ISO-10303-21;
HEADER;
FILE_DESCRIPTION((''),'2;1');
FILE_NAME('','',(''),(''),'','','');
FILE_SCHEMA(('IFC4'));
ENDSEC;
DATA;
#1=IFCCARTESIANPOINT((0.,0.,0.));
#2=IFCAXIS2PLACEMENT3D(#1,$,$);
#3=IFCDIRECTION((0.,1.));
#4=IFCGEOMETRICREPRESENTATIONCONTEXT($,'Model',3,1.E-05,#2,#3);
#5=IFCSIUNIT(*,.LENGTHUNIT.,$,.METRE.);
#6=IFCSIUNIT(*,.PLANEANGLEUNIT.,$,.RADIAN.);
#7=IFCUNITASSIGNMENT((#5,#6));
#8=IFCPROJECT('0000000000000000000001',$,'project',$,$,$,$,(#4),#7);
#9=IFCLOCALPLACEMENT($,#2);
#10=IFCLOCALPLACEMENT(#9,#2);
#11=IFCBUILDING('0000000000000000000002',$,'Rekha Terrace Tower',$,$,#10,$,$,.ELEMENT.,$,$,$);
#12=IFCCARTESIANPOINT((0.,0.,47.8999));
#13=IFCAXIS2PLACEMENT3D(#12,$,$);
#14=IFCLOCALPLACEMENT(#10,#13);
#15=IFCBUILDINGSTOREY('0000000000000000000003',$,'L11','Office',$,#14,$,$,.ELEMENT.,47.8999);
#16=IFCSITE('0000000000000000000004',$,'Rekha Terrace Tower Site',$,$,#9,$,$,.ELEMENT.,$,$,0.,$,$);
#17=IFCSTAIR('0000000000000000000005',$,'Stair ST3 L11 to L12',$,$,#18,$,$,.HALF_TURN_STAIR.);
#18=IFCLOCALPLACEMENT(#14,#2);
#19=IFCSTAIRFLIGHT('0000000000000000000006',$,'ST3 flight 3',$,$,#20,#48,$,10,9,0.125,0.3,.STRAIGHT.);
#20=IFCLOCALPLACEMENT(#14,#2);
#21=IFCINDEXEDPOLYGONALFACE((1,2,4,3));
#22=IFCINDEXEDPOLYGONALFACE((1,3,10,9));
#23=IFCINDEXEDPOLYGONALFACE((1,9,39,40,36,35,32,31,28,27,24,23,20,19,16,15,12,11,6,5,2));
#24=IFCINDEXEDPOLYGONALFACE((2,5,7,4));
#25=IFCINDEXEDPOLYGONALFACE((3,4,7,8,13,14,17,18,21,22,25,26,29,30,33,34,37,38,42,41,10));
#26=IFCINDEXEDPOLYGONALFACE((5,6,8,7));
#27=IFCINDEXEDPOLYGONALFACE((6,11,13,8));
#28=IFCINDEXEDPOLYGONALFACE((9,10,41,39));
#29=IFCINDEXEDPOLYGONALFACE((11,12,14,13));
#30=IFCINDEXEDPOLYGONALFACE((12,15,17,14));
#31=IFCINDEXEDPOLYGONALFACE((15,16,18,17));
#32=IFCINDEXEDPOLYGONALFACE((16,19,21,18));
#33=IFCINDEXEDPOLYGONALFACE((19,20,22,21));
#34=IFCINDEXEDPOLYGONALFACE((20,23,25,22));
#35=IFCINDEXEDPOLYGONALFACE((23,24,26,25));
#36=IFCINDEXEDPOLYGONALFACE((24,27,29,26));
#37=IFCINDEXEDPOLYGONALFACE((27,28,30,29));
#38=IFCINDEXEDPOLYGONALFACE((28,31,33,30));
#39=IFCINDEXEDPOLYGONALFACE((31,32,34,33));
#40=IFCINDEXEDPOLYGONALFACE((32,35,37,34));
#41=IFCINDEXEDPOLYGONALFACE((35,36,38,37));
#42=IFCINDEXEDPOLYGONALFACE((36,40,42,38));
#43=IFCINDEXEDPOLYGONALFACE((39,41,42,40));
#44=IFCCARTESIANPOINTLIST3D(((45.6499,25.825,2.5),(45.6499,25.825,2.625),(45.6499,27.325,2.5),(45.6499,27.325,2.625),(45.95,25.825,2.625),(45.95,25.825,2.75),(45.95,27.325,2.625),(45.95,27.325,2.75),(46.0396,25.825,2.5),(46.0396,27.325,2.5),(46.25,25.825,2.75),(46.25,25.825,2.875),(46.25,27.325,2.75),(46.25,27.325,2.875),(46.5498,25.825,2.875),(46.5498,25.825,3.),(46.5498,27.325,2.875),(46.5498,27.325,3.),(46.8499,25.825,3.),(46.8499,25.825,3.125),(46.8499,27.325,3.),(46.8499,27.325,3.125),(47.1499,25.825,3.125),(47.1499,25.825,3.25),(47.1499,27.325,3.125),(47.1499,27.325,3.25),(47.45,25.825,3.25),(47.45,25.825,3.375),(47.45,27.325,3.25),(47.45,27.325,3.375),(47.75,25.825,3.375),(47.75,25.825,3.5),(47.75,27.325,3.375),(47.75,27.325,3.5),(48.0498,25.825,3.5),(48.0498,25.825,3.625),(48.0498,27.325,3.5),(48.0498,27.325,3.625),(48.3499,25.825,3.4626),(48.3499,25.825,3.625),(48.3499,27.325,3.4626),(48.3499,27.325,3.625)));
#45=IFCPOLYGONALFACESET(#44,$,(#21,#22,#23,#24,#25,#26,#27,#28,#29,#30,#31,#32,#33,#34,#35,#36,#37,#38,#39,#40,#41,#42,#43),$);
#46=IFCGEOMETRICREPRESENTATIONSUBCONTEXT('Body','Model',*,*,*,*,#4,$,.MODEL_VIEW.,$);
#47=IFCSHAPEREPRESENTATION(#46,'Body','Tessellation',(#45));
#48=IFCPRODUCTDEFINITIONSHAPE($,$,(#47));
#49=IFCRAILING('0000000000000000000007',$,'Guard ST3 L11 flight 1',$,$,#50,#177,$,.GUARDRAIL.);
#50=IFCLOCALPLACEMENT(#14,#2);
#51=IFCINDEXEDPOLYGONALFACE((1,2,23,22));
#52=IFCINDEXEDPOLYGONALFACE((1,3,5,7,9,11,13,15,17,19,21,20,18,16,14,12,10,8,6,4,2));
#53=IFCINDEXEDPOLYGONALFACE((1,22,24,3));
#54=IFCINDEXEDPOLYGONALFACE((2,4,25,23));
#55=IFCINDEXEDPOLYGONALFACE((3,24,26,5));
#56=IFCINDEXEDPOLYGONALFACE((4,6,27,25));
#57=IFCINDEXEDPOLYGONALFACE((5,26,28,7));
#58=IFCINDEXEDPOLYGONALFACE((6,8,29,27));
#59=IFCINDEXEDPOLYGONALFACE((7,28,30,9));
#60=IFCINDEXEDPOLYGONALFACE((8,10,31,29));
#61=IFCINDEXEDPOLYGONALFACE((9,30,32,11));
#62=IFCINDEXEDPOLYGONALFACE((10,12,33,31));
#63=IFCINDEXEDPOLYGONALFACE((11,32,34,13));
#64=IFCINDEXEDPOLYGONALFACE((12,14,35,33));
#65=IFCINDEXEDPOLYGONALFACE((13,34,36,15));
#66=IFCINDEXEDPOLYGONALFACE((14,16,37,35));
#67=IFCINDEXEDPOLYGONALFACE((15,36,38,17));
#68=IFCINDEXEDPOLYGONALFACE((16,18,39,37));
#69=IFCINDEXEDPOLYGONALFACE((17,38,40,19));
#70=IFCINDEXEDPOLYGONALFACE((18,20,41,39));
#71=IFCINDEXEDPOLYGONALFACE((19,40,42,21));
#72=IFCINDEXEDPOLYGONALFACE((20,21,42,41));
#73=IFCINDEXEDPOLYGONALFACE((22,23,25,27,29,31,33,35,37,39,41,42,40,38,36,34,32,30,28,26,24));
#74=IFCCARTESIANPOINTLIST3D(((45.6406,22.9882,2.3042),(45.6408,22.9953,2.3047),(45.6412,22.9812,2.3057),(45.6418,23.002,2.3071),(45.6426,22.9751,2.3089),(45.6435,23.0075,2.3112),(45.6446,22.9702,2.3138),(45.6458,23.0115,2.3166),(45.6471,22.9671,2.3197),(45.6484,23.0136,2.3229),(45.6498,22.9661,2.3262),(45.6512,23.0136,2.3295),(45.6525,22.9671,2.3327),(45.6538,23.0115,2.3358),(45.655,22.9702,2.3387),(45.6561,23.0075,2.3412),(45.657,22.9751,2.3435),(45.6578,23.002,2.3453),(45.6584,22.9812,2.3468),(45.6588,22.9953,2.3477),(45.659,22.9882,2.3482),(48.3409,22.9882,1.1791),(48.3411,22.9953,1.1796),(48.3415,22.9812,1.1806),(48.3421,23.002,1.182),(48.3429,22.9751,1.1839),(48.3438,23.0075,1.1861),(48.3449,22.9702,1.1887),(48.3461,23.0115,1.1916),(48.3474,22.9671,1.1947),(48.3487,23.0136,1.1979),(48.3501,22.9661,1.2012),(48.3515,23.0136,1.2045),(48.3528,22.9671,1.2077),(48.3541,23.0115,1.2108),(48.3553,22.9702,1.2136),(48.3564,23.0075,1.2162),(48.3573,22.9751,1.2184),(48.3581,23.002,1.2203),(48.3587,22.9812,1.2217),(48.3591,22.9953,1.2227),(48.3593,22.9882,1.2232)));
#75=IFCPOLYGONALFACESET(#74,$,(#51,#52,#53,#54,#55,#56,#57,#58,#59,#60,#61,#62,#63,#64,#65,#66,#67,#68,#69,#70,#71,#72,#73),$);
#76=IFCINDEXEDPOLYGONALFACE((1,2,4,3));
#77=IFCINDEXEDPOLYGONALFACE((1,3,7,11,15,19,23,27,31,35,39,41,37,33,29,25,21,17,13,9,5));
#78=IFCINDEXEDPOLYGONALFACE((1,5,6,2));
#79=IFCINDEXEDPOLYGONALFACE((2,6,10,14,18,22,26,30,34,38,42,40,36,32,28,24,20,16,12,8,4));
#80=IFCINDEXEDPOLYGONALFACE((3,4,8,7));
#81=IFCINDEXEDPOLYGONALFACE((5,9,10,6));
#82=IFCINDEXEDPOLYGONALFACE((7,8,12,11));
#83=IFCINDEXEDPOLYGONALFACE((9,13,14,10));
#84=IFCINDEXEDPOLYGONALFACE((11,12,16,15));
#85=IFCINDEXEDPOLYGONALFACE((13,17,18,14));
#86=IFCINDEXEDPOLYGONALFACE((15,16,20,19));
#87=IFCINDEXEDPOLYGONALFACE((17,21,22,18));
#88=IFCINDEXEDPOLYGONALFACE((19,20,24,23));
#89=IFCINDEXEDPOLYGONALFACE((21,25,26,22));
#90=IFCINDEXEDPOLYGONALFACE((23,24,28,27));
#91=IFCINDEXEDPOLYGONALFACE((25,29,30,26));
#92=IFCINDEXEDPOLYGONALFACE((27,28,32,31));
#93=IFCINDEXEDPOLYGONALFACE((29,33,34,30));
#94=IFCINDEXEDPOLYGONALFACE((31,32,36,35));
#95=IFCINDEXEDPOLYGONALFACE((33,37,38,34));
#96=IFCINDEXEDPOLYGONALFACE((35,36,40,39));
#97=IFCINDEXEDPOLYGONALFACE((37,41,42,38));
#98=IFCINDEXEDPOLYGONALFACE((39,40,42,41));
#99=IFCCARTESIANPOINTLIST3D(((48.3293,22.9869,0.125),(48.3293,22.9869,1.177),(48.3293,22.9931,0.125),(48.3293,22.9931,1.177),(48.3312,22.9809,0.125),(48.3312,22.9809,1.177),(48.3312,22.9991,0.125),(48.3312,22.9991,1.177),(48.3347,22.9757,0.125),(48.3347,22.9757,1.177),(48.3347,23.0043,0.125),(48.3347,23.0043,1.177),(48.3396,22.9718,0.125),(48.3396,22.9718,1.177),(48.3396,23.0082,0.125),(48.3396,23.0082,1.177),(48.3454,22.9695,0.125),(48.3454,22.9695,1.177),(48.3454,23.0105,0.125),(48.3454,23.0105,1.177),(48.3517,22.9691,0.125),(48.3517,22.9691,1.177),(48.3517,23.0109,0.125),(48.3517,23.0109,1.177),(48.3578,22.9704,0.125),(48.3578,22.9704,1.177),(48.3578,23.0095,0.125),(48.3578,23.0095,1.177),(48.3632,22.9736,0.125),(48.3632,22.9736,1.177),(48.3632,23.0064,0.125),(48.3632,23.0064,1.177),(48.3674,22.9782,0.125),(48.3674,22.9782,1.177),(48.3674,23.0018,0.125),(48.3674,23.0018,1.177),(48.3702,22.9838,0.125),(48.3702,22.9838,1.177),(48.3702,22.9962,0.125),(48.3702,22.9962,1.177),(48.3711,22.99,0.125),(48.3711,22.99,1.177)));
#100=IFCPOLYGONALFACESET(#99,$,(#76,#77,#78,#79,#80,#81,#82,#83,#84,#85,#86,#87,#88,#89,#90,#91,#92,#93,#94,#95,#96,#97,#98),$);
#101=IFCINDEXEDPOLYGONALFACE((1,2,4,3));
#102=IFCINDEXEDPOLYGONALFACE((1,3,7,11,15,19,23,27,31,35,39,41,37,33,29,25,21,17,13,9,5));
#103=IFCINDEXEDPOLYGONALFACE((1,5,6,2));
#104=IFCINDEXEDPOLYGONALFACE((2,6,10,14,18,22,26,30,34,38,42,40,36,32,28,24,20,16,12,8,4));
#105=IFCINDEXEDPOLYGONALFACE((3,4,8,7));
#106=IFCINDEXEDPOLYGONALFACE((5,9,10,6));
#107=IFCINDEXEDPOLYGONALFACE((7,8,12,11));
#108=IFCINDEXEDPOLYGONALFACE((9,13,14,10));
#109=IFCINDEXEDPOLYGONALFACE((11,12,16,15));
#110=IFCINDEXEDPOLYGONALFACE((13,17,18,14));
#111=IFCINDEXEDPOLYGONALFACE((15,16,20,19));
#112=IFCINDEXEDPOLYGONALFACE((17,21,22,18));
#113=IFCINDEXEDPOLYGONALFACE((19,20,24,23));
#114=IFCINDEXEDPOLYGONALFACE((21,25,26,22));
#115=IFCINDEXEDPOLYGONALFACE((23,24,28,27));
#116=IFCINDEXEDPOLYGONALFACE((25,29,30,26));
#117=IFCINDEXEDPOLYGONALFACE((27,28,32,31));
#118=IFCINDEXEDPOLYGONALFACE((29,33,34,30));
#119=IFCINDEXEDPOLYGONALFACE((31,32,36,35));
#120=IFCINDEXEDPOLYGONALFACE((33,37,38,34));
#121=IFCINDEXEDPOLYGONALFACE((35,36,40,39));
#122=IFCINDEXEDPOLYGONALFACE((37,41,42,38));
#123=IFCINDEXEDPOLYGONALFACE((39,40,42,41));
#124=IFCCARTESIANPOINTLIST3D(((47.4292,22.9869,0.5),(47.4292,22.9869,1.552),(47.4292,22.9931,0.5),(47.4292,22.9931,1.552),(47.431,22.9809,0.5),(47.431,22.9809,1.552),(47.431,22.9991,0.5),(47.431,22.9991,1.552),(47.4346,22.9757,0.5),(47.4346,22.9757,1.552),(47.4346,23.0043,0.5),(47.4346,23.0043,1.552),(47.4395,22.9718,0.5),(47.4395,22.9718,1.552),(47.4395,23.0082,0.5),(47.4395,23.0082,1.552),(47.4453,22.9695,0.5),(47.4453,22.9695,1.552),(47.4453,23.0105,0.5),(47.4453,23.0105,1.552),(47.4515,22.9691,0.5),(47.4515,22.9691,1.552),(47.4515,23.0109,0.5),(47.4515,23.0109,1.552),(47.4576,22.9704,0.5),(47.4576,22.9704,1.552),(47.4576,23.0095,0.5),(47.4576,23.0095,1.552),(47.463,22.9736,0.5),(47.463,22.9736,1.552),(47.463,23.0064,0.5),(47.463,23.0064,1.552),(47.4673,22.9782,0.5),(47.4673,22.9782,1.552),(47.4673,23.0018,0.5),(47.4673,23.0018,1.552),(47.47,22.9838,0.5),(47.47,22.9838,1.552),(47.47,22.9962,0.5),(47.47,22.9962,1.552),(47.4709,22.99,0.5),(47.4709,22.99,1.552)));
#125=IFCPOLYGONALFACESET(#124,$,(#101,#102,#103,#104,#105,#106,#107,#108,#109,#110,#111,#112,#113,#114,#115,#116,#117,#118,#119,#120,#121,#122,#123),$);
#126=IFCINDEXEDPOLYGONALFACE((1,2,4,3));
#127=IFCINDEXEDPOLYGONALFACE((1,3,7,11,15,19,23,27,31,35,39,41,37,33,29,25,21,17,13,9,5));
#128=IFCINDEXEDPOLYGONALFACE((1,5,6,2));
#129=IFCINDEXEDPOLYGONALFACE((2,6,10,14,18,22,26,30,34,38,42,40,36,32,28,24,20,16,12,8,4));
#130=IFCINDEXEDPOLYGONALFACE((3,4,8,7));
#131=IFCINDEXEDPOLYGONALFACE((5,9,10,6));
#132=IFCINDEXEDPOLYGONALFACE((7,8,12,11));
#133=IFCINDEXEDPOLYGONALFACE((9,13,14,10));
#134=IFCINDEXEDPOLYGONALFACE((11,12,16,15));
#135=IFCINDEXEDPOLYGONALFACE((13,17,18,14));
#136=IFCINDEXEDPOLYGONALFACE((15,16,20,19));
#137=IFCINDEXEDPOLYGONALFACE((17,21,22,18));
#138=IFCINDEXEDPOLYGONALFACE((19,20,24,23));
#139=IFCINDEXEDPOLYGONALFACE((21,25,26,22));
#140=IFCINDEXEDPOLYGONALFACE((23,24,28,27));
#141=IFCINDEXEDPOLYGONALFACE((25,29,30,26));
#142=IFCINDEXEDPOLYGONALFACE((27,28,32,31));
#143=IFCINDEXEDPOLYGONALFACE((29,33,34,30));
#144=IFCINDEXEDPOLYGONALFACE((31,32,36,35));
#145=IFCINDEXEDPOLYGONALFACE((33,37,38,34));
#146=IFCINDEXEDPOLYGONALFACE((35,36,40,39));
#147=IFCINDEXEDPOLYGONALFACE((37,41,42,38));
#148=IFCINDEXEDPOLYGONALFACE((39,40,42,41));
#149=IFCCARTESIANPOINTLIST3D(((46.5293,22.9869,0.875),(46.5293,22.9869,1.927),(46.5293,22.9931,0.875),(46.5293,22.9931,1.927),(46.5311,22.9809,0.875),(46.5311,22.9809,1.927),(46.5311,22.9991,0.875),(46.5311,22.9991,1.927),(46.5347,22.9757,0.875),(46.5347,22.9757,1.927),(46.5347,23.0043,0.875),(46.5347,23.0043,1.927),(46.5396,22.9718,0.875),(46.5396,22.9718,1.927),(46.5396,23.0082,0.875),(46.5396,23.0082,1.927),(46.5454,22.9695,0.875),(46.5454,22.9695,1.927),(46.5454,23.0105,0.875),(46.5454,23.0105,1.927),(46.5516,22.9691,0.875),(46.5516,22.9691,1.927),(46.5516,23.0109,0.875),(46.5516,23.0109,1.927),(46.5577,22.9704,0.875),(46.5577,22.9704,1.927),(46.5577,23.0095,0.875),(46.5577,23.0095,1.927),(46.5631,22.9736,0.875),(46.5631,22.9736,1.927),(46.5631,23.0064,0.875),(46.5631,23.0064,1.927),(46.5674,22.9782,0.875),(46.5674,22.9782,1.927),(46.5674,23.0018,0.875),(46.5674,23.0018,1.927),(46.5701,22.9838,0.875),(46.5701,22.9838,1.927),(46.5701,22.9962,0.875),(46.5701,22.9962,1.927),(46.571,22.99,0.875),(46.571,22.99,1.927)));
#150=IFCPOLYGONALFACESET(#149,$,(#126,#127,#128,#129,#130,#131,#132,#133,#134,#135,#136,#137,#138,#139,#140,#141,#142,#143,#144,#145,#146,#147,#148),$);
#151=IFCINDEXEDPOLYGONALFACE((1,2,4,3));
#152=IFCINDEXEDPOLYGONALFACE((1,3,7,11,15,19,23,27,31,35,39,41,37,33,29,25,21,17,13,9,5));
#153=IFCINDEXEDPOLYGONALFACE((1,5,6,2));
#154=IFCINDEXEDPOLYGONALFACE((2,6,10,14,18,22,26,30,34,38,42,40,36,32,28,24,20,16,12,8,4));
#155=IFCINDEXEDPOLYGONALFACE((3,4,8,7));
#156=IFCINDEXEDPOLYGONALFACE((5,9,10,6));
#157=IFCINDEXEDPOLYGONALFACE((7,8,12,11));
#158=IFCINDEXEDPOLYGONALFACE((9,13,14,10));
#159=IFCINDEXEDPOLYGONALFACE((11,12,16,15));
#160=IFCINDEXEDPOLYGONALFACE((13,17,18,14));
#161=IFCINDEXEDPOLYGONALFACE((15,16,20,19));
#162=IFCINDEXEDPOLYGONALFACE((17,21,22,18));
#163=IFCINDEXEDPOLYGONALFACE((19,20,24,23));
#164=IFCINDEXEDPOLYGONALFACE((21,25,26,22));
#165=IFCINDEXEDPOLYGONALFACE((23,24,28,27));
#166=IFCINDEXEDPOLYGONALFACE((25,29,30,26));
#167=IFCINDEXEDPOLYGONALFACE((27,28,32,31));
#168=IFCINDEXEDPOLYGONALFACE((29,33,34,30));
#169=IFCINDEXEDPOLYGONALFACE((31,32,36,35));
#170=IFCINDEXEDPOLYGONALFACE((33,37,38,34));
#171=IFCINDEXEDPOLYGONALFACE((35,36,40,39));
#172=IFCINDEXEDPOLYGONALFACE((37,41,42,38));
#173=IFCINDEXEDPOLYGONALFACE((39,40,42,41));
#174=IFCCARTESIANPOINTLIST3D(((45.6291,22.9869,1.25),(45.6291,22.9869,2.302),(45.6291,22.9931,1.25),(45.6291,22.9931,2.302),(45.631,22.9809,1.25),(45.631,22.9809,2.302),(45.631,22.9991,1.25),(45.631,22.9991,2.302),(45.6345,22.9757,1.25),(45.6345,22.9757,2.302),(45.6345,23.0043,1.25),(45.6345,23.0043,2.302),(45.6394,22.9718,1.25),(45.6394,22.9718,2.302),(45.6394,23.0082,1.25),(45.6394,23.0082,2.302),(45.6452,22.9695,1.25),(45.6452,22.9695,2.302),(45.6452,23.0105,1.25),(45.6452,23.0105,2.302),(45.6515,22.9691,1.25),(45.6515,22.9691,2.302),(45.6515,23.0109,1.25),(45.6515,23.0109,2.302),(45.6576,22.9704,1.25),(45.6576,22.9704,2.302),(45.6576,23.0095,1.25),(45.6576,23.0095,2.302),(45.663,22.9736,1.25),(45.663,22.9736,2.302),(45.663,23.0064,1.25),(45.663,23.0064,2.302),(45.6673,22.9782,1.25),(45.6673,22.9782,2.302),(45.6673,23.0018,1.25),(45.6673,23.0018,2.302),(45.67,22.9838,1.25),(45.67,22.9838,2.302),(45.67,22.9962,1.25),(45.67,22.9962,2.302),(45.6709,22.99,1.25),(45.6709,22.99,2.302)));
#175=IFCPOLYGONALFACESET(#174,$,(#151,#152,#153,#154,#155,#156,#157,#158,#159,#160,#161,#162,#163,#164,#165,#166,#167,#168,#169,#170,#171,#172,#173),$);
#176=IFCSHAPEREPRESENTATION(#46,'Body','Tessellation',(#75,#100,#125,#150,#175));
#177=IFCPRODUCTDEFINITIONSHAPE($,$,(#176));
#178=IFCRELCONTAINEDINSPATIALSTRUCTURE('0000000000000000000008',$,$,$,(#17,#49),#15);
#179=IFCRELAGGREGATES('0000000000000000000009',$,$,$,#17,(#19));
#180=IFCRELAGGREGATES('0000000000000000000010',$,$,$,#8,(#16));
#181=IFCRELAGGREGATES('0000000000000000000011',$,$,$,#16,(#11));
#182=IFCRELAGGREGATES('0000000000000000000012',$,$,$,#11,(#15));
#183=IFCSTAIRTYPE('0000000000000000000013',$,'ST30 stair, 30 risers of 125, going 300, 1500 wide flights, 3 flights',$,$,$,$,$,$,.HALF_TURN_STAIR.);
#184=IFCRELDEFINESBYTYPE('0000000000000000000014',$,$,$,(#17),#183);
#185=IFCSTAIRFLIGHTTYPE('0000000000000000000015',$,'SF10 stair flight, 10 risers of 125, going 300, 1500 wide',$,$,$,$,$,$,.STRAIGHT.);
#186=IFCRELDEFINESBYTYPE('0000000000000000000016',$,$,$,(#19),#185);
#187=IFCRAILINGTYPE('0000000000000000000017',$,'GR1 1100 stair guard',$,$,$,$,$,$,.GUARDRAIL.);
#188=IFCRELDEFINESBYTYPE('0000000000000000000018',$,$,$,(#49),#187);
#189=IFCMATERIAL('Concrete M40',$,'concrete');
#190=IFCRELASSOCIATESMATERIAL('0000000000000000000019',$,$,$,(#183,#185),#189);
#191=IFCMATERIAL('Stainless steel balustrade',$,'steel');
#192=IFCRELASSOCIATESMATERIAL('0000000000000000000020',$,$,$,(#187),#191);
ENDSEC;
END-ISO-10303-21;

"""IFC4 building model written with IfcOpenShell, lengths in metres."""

from ifc_helpers import new_model, si_unit, direction, frame, origin, origin_2d, place, context, subcontext, project, spatial, polyline, circle, outline, extrude, material, type_object, element, aggregate, save


model = new_model("IFC4")

# Units and contexts
model_context = context("Model", 3, precision=1e-05, world=origin(), true_north=direction((0.0, 1.0)))
body_context = subcontext(model_context, "Body", "Model", "MODEL_VIEW")
ifc_project = project(units=[si_unit("LENGTHUNIT", "METRE"), si_unit("PLANEANGLEUNIT", "RADIAN")], contexts=[model_context])

# Site, building, storey
site_placement = place(None, origin())
site = spatial("IfcSite", under=ifc_project, at=site_placement, Name="Rekha Terrace Tower Site", CompositionType="ELEMENT", RefElevation=0.0)
building_placement = place(site_placement, origin())
building = spatial("IfcBuilding", under=site, at=building_placement, Name="Rekha Terrace Tower", CompositionType="ELEMENT")
storey_placement = place(building_placement, frame((0.0, 0.0, 47.8999)))
storey = spatial("IfcBuildingStorey", under=building, at=storey_placement, Name="L11", Description="Office", CompositionType="ELEMENT", Elevation=47.8999)

# Stair, stair flight
ifc_material_1 = material(Name="Concrete M40", Category="concrete")
stair_type = type_object("IfcStairType", Name="ST30 stair, 30 risers of 125, going 300, 1500 wide flights, 3 flights", PredefinedType="HALF_TURN_STAIR", material=ifc_material_1)
stair_placement = place(storey_placement, origin())
stair = element("IfcStair", 1, at=stair_placement, inside=storey, type_object=stair_type, Name="Stair ST3 L11 to L12", PredefinedType="HALF_TURN_STAIR")
stair_flight_type = type_object("IfcStairFlightType", Name="SF10 stair flight, 10 risers of 125, going 300, 1500 wide", PredefinedType="STRAIGHT", material=ifc_material_1)
stair_flight_1_placement = place(storey_placement, frame((45.6499, 26.575, 2.5), z_axis=(0.0, 0.0, 1.0), x_axis=(1.0, 0.0, 0.0)))
stair_flight_1 = element("IfcStairFlight", 2, at=stair_flight_1_placement, type_object=stair_flight_type, Name="ST3 flight 3", NumberOfRisers=10, NumberOfTreads=9, PredefinedType="STRAIGHT", RiserHeight=0.125, TreadLength=0.3, context=body_context, shape_type="SweptSolid", body=[
    extrude(outline(polyline([(0.0, 0.0), (0.0, 0.125), (0.3, 0.125), (0.3, 0.25), (0.6001, 0.25), (0.6001, 0.375), (0.8999, 0.375), (0.8999, 0.5), (1.2, 0.5), (1.2, 0.625), (1.5, 0.625), (1.5, 0.75), (1.8, 0.75), (1.8, 0.875), (2.1001, 0.875), (2.1001, 1.0), (2.3999, 1.0), (2.3999, 1.125), (2.7, 1.125), (2.7, 1.25), (2.7, 0.9626), (0.3896, 0.0), (0.0, 0.0)])), frame((0.0, 0.75, 0.0), z_axis=(0.0, -1.0, 0.0), x_axis=(1.0, 0.0, 0.0)), (0.0, 0.0, 1.0), 1.5),
])
aggregate(stair, [stair_flight_1])

# Railing
ifc_material_2 = material(Name="Stainless steel balustrade", Category="steel")
railing_type_1 = type_object("IfcRailingType", Name="GR1 1100 stair guard", PredefinedType="GUARDRAIL", material=ifc_material_2)
railing_1_placement = place(storey_placement, frame((48.3501, 22.99, 0.125)))
element("IfcRailing", 3, at=railing_1_placement, inside=storey, type_object=railing_type_1, Name="Guard ST3 L11 flight 1", PredefinedType="GUARDRAIL", context=body_context, shape_type="SweptSolid", body=[
    extrude(circle(Radius=0.0239, at=origin_2d()), frame((0.0, 0.0, 1.0762), z_axis=(-0.923087, 0.0, 0.384592), x_axis=(0.0, -1.0, 0.0)), (0.0, 0.0, 1.0), 2.9253),
    extrude(circle(Radius=0.021, at=origin_2d()), origin(), (0.0, 0.0, 1.0), 1.052),
    extrude(circle(Radius=0.021, at=origin_2d()), frame((-0.9001, 0.0, 0.375)), (0.0, 0.0, 1.0), 1.052),
    extrude(circle(Radius=0.021, at=origin_2d()), frame((-1.8, 0.0, 0.75)), (0.0, 0.0, 1.0), 1.052),
    extrude(circle(Radius=0.021, at=origin_2d()), frame((-2.7002, 0.0, 1.125)), (0.0, 0.0, 1.0), 1.052),
])

save(model, "model.ifc")
